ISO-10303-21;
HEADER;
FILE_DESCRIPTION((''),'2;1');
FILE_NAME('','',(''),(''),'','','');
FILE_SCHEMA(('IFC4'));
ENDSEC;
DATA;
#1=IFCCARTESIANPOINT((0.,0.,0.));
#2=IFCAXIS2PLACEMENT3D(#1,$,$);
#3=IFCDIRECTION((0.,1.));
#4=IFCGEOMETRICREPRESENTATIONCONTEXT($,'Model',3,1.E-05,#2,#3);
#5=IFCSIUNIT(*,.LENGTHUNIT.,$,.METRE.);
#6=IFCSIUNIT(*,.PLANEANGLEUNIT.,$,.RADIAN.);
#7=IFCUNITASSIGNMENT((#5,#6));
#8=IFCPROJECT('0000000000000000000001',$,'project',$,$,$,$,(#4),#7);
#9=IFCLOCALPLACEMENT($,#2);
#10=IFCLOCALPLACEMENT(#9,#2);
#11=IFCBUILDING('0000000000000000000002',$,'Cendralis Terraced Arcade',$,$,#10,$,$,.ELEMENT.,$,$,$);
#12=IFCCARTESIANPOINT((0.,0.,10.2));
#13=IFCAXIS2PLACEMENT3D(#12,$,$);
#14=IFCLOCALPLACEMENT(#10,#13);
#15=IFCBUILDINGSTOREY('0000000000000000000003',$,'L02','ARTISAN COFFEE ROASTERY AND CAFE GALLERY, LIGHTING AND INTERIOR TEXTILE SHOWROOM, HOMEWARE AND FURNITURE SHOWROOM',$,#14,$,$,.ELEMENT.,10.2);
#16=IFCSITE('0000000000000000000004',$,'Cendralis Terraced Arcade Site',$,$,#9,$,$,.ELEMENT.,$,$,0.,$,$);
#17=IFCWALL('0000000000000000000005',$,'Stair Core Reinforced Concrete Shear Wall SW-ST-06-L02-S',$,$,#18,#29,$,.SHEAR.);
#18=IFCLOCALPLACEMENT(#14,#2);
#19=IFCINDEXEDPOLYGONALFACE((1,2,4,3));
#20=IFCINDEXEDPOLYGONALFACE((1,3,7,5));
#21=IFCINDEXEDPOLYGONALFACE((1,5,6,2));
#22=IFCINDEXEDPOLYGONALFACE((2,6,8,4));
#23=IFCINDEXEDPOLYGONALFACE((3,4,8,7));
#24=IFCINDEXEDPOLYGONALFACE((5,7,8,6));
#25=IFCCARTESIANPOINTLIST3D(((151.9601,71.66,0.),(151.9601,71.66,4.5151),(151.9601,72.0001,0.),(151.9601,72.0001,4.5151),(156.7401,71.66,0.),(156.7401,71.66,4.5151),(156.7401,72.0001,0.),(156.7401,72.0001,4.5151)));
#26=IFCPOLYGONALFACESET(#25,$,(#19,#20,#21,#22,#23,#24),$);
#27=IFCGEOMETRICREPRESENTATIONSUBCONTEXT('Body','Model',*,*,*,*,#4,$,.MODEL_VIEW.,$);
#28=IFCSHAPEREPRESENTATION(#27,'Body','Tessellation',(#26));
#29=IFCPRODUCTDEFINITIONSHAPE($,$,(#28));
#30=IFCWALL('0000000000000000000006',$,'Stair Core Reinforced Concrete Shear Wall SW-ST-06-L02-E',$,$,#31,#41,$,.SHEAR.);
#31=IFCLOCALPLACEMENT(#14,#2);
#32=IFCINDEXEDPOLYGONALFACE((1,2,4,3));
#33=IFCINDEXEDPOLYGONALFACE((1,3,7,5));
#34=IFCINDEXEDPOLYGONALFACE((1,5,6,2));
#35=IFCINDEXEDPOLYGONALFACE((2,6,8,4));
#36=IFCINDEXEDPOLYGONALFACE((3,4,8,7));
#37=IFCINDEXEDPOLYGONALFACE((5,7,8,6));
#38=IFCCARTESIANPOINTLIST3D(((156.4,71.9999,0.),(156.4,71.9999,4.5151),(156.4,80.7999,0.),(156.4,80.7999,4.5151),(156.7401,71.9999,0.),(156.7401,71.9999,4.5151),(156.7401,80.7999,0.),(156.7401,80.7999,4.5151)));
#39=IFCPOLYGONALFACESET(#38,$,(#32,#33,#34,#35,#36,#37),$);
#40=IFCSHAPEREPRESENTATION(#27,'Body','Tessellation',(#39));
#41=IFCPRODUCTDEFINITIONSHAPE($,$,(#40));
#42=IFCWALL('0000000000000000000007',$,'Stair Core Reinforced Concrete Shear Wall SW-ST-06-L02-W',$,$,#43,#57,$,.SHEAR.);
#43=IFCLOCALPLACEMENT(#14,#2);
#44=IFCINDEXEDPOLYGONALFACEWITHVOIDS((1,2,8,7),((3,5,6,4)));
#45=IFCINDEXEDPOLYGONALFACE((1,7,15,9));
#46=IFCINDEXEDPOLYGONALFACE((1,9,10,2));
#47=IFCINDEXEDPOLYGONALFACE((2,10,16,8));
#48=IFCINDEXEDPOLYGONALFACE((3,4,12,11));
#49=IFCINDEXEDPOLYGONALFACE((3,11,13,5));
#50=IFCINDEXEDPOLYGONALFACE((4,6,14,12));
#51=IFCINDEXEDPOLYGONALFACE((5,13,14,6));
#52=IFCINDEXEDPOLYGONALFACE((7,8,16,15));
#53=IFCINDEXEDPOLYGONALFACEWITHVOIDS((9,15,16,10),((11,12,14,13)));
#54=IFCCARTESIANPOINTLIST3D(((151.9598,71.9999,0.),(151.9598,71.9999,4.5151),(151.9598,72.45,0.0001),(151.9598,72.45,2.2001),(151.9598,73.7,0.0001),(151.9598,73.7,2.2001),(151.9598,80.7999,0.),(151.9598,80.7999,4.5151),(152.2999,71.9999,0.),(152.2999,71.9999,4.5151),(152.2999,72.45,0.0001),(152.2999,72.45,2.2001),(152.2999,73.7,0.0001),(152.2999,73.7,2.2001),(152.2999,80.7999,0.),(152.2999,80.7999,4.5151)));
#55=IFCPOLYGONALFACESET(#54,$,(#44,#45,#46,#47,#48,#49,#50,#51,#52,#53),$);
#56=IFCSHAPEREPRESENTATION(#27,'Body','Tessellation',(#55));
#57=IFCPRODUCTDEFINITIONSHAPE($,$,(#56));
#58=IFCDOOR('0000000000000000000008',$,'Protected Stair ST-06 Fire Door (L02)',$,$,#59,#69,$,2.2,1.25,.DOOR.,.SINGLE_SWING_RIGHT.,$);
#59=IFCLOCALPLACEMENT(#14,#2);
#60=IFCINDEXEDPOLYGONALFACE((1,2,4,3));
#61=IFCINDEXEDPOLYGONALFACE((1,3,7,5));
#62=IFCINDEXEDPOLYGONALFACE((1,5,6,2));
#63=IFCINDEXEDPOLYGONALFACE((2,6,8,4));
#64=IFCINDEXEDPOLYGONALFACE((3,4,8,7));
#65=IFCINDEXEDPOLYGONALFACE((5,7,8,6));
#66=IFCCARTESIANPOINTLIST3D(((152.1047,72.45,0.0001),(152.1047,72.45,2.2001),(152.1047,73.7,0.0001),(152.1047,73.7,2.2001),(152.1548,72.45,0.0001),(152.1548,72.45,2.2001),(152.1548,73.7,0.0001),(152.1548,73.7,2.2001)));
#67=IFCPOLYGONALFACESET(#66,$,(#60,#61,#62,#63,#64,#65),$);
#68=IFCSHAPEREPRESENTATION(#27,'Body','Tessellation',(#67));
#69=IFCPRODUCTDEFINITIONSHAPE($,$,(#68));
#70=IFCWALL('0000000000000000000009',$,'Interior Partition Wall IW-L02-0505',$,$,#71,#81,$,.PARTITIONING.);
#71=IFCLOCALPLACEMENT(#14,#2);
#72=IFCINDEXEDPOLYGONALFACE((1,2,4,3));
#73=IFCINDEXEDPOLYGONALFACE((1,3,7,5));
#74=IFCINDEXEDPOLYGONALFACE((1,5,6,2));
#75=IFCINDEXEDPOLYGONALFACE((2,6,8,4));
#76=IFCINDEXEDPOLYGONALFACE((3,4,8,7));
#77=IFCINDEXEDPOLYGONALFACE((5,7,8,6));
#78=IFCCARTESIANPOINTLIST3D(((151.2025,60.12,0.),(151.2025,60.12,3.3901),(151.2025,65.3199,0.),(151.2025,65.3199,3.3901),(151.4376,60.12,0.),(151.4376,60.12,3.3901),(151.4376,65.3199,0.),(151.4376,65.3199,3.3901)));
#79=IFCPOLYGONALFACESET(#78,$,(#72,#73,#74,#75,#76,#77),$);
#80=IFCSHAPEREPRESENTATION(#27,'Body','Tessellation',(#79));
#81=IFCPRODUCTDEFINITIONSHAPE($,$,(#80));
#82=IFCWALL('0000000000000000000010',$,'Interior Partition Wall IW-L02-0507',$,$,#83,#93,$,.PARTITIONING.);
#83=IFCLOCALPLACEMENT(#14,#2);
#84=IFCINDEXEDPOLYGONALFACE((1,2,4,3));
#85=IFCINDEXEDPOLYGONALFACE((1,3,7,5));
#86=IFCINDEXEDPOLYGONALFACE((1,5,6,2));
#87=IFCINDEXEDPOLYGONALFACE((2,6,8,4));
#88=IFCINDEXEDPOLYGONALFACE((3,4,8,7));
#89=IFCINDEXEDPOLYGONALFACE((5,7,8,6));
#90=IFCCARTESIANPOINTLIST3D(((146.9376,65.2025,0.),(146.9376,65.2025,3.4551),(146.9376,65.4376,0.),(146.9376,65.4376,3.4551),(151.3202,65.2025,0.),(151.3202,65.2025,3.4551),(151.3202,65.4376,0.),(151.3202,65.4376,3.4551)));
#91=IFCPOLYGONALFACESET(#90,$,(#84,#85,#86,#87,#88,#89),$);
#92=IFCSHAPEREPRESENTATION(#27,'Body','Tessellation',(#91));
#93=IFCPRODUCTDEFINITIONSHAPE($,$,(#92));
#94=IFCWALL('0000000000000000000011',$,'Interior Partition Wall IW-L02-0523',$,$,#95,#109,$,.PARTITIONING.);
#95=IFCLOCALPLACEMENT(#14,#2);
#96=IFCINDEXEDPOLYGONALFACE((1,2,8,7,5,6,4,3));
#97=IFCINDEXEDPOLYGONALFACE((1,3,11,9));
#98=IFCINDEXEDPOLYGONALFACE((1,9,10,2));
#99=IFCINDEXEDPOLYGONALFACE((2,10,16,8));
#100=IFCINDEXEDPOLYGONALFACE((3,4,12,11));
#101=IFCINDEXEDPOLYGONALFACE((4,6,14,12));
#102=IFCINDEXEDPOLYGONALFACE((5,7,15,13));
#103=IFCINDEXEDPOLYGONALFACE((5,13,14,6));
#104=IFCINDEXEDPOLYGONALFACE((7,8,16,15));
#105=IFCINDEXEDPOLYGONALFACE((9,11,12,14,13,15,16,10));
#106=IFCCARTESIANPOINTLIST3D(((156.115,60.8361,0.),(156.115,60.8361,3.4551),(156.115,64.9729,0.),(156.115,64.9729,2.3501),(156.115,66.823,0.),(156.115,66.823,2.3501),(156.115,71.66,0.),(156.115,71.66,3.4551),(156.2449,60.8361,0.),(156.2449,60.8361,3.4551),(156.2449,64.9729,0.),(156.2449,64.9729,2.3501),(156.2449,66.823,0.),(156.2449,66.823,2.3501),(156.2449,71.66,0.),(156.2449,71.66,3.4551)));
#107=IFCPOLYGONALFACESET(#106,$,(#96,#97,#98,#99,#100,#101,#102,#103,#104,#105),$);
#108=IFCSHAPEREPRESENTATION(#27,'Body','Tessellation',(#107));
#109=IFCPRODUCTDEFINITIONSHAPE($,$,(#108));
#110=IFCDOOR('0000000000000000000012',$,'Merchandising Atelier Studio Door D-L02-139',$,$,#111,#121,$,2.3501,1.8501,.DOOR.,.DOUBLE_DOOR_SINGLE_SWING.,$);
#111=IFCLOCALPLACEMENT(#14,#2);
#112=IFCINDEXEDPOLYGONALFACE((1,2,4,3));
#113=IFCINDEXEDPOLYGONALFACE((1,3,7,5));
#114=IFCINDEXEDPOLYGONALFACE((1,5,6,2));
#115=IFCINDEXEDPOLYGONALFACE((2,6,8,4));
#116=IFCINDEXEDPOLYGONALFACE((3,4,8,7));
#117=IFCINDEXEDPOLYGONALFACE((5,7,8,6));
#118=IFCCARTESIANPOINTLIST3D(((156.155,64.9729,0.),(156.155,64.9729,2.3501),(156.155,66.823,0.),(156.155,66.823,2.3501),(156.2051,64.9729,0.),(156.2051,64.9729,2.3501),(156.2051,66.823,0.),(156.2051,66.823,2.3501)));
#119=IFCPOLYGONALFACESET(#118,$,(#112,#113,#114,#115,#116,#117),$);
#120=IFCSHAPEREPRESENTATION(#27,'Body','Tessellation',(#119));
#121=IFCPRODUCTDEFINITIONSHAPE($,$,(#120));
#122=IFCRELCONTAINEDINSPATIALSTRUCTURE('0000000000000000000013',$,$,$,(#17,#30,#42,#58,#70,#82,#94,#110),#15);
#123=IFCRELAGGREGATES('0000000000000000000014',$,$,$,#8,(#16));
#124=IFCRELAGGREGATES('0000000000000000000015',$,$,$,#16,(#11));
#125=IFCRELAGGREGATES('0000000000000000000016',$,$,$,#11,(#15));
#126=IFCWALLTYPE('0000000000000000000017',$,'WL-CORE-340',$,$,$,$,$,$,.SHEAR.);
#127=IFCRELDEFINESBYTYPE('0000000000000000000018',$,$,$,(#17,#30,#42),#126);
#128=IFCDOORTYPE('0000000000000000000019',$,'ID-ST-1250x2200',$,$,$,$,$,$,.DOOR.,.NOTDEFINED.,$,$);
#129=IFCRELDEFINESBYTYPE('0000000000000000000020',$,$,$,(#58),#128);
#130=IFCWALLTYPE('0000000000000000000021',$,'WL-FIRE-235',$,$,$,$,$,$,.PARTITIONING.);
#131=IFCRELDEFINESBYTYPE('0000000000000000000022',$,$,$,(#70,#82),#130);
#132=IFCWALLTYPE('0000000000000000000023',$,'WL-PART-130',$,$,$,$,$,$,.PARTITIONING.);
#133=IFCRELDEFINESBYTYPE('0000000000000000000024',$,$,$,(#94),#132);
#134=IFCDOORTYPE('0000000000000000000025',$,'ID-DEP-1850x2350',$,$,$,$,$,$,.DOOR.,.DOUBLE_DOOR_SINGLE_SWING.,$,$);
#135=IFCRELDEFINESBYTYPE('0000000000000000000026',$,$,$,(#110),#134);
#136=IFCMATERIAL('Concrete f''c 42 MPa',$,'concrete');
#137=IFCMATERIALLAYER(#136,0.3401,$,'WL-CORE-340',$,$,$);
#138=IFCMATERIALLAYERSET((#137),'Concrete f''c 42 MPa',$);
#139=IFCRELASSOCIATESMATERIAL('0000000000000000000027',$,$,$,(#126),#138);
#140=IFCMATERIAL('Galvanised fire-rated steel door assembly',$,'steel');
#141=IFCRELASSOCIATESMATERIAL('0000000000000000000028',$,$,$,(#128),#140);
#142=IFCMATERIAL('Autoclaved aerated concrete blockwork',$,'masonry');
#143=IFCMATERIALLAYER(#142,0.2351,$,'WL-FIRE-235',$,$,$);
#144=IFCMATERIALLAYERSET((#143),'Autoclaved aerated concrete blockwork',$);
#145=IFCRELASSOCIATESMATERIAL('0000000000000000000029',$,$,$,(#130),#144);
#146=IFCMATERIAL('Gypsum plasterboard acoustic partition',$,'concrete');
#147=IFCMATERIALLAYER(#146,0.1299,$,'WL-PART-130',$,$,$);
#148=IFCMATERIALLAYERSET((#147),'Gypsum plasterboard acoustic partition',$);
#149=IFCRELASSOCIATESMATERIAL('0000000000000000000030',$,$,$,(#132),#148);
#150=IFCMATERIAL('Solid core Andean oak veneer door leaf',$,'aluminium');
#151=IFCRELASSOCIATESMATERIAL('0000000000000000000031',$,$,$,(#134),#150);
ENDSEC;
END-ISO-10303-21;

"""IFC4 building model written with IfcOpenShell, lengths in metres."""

from ifc_helpers import new_model, si_unit, direction, frame, frame_2d, origin, place, context, subcontext, project, spatial, rectangle, extrude, material, layer, layer_set, type_object, element, fill, save


model = new_model("IFC4")

# Units and contexts
model_context = context("Model", 3, precision=1e-05, world=origin(), true_north=direction((0.0, 1.0)))
body_context = subcontext(model_context, "Body", "Model", "MODEL_VIEW")
ifc_project = project(units=[si_unit("LENGTHUNIT", "METRE"), si_unit("PLANEANGLEUNIT", "RADIAN")], contexts=[model_context])

# Site, building, storey
site_placement = place(None, origin())
site = spatial("IfcSite", under=ifc_project, at=site_placement, Name="Cendralis Terraced Arcade Site", CompositionType="ELEMENT", RefElevation=0.0)
building_placement = place(site_placement, origin())
building = spatial("IfcBuilding", under=site, at=building_placement, Name="Cendralis Terraced Arcade", CompositionType="ELEMENT")
storey_placement = place(building_placement, frame((0.0, 0.0, 10.2)))
storey = spatial("IfcBuildingStorey", under=building, at=storey_placement, Name="L02", Description="ARTISAN COFFEE ROASTERY AND CAFE GALLERY, LIGHTING AND INTERIOR TEXTILE SHOWROOM, HOMEWARE AND FURNITURE SHOWROOM", CompositionType="ELEMENT", Elevation=10.2)

# Shared definitions
ifc_material_1 = material(Name="Concrete f'c 42 MPa", Category="concrete")

# Walls
ifc_layer_1 = layer(ifc_material_1, 0.3401, Name="WL-CORE-340")
ifc_layer_set_1 = layer_set([ifc_layer_1], Name="Concrete f'c 42 MPa")
wall_type_1 = type_object("IfcWallType", Name="WL-CORE-340", PredefinedType="SHEAR", material=ifc_layer_set_1)
wall_1_placement = place(storey_placement, frame((151.96, 71.8301, 0.0), z_axis=(0.0, 0.0, 1.0), x_axis=(1.0, 0.0, 0.0)))
element("IfcWall", 1, at=wall_1_placement, inside=storey, type_object=wall_type_1, Name="Stair Core Reinforced Concrete Shear Wall SW-ST-06-L02-S", PredefinedType="SHEAR", context=body_context, shape_type="SweptSolid", body=[
    extrude(rectangle(XDim=4.78, YDim=0.3401, at=frame_2d((2.3901, 0.0))), origin(), (0.0, 0.0, 1.0), 4.5151),
])
wall_2_placement = place(storey_placement, frame((156.5701, 72.0, 0.0), z_axis=(0.0, 0.0, 1.0), x_axis=(0.0, 1.0, 0.0)))
element("IfcWall", 2, at=wall_2_placement, inside=storey, type_object=wall_type_1, Name="Stair Core Reinforced Concrete Shear Wall SW-ST-06-L02-E", PredefinedType="SHEAR", context=body_context, shape_type="SweptSolid", body=[
    extrude(rectangle(XDim=8.8, YDim=0.3401, at=frame_2d((4.3999, 0.0))), origin(), (0.0, 0.0, 1.0), 4.5151),
])

# Wall, opening, door
wall_3_placement = place(storey_placement, frame((152.1299, 72.0, 0.0), z_axis=(0.0, 0.0, 1.0), x_axis=(0.0, 1.0, 0.0)))
wall_3 = element("IfcWall", 3, at=wall_3_placement, inside=storey, type_object=wall_type_1, Name="Stair Core Reinforced Concrete Shear Wall SW-ST-06-L02-W", PredefinedType="SHEAR", context=body_context, shape_type="SweptSolid", body=[
    extrude(rectangle(XDim=8.8, YDim=0.3401, at=frame_2d((4.3999, 0.0))), origin(), (0.0, 0.0, 1.0), 4.5151),
])
opening_1_placement = place(wall_3_placement, frame((0.45, 0.0, 0.0)))
opening_1 = element("IfcOpeningElement", 4, at=opening_1_placement, cuts=wall_3, PredefinedType="OPENING", context=body_context, shape_type="SweptSolid", body=[
    extrude(rectangle(XDim=1.25, YDim=2.2, at=frame_2d((0.625, 1.1001))), frame((0.0, 0.1821, 0.0), z_axis=(0.0, -1.0, 0.0), x_axis=(1.0, 0.0, 0.0)), (0.0, 0.0, 1.0), 0.364),
])
ifc_material_2 = material(Name="Galvanised fire-rated steel door assembly", Category="steel")
door_type_1 = type_object("IfcDoorType", Name="ID-ST-1250x2200", OperationType="NOTDEFINED", PredefinedType="DOOR", material=ifc_material_2)
door_1_placement = place(opening_1_placement, frame((1.25, 0.0, 0.0), z_axis=(0.0, 0.0, 1.0), x_axis=(-1.0, 0.0, 0.0)))
door_1 = element("IfcDoor", 5, at=door_1_placement, inside=storey, type_object=door_type_1, Name="Protected Stair ST-06 Fire Door (L02)", OperationType="SINGLE_SWING_RIGHT", OverallHeight=2.2, OverallWidth=1.25, PredefinedType="DOOR", context=body_context, shape_type="SweptSolid", body=[
    extrude(rectangle(XDim=1.25, YDim=2.2, at=frame_2d((0.625, 1.1001))), frame((0.0, 0.0249, 0.0), z_axis=(0.0, -1.0, 0.0), x_axis=(1.0, 0.0, 0.0)), (0.0, 0.0, 1.0), 0.05),
])
fill(opening_1, door_1)

# Walls
ifc_material_3 = material(Name="Autoclaved aerated concrete blockwork", Category="masonry")
ifc_layer_2 = layer(ifc_material_3, 0.2351, Name="WL-FIRE-235")
ifc_layer_set_2 = layer_set([ifc_layer_2], Name="Autoclaved aerated concrete blockwork")
wall_type_2 = type_object("IfcWallType", Name="WL-FIRE-235", PredefinedType="PARTITIONING", material=ifc_layer_set_2)
wall_4_placement = place(storey_placement, frame((151.3201, 65.3201, 0.0), z_axis=(0.0, 0.0, 1.0), x_axis=(0.0, -1.0, 0.0)))
element("IfcWall", 6, at=wall_4_placement, inside=storey, type_object=wall_type_2, Name="Interior Partition Wall IW-L02-0505", PredefinedType="PARTITIONING", context=body_context, shape_type="SweptSolid", body=[
    extrude(rectangle(XDim=5.2, YDim=0.2351, at=frame_2d((2.6001, 0.0))), origin(), (0.0, 0.0, 1.0), 3.3901),
])
wall_5_placement = place(storey_placement, frame((146.9375, 65.3201, 0.0), z_axis=(0.0, 0.0, 1.0), x_axis=(1.0, 0.0, 0.0)))
element("IfcWall", 7, at=wall_5_placement, inside=storey, type_object=wall_type_2, Name="Interior Partition Wall IW-L02-0507", PredefinedType="PARTITIONING", context=body_context, shape_type="SweptSolid", body=[
    extrude(rectangle(XDim=4.3826, YDim=0.2351, at=frame_2d((2.1914, 0.0))), origin(), (0.0, 0.0, 1.0), 3.4551),
])

# Wall, opening, door
ifc_material_4 = material(Name="Gypsum plasterboard acoustic partition", Category="concrete")
ifc_layer_3 = layer(ifc_material_4, 0.1299, Name="WL-PART-130")
ifc_layer_set_3 = layer_set([ifc_layer_3], Name="Gypsum plasterboard acoustic partition")
wall_type_3 = type_object("IfcWallType", Name="WL-PART-130", PredefinedType="PARTITIONING", material=ifc_layer_set_3)
wall_6_placement = place(storey_placement, frame((156.1799, 60.8359, 0.0), z_axis=(0.0, 0.0, 1.0), x_axis=(0.0, 1.0, 0.0)))
wall_6 = element("IfcWall", 8, at=wall_6_placement, inside=storey, type_object=wall_type_3, Name="Interior Partition Wall IW-L02-0523", PredefinedType="PARTITIONING", context=body_context, shape_type="SweptSolid", body=[
    extrude(rectangle(XDim=10.824, YDim=0.1299, at=frame_2d((5.4121, 0.0))), origin(), (0.0, 0.0, 1.0), 3.4551),
])
opening_2_placement = place(wall_6_placement, frame((4.137, 0.0, 0.0)))
opening_2 = element("IfcOpeningElement", 9, at=opening_2_placement, cuts=wall_6, PredefinedType="OPENING", context=body_context, shape_type="SweptSolid", body=[
    extrude(rectangle(XDim=1.8501, YDim=2.3501, at=frame_2d((0.925, 1.175))), frame((0.0, 0.0769, 0.0), z_axis=(0.0, -1.0, 0.0), x_axis=(1.0, 0.0, 0.0)), (0.0, 0.0, 1.0), 0.1538),
])
ifc_material_5 = material(Name="Solid core Andean oak veneer door leaf", Category="aluminium")
door_type_2 = type_object("IfcDoorType", Name="ID-DEP-1850x2350", OperationType="DOUBLE_DOOR_SINGLE_SWING", PredefinedType="DOOR", material=ifc_material_5)
door_2_placement = place(opening_2_placement, origin())
door_2 = element("IfcDoor", 10, at=door_2_placement, inside=storey, type_object=door_type_2, Name="Merchandising Atelier Studio Door D-L02-139", OperationType="DOUBLE_DOOR_SINGLE_SWING", OverallHeight=2.3501, OverallWidth=1.8501, PredefinedType="DOOR", context=body_context, shape_type="SweptSolid", body=[
    extrude(rectangle(XDim=1.8501, YDim=2.3501, at=frame_2d((0.925, 1.175))), frame((0.0, 0.0249, 0.0), z_axis=(0.0, -1.0, 0.0), x_axis=(1.0, 0.0, 0.0)), (0.0, 0.0, 1.0), 0.05),
])
fill(opening_2, door_2)

save(model, "model.ifc")
